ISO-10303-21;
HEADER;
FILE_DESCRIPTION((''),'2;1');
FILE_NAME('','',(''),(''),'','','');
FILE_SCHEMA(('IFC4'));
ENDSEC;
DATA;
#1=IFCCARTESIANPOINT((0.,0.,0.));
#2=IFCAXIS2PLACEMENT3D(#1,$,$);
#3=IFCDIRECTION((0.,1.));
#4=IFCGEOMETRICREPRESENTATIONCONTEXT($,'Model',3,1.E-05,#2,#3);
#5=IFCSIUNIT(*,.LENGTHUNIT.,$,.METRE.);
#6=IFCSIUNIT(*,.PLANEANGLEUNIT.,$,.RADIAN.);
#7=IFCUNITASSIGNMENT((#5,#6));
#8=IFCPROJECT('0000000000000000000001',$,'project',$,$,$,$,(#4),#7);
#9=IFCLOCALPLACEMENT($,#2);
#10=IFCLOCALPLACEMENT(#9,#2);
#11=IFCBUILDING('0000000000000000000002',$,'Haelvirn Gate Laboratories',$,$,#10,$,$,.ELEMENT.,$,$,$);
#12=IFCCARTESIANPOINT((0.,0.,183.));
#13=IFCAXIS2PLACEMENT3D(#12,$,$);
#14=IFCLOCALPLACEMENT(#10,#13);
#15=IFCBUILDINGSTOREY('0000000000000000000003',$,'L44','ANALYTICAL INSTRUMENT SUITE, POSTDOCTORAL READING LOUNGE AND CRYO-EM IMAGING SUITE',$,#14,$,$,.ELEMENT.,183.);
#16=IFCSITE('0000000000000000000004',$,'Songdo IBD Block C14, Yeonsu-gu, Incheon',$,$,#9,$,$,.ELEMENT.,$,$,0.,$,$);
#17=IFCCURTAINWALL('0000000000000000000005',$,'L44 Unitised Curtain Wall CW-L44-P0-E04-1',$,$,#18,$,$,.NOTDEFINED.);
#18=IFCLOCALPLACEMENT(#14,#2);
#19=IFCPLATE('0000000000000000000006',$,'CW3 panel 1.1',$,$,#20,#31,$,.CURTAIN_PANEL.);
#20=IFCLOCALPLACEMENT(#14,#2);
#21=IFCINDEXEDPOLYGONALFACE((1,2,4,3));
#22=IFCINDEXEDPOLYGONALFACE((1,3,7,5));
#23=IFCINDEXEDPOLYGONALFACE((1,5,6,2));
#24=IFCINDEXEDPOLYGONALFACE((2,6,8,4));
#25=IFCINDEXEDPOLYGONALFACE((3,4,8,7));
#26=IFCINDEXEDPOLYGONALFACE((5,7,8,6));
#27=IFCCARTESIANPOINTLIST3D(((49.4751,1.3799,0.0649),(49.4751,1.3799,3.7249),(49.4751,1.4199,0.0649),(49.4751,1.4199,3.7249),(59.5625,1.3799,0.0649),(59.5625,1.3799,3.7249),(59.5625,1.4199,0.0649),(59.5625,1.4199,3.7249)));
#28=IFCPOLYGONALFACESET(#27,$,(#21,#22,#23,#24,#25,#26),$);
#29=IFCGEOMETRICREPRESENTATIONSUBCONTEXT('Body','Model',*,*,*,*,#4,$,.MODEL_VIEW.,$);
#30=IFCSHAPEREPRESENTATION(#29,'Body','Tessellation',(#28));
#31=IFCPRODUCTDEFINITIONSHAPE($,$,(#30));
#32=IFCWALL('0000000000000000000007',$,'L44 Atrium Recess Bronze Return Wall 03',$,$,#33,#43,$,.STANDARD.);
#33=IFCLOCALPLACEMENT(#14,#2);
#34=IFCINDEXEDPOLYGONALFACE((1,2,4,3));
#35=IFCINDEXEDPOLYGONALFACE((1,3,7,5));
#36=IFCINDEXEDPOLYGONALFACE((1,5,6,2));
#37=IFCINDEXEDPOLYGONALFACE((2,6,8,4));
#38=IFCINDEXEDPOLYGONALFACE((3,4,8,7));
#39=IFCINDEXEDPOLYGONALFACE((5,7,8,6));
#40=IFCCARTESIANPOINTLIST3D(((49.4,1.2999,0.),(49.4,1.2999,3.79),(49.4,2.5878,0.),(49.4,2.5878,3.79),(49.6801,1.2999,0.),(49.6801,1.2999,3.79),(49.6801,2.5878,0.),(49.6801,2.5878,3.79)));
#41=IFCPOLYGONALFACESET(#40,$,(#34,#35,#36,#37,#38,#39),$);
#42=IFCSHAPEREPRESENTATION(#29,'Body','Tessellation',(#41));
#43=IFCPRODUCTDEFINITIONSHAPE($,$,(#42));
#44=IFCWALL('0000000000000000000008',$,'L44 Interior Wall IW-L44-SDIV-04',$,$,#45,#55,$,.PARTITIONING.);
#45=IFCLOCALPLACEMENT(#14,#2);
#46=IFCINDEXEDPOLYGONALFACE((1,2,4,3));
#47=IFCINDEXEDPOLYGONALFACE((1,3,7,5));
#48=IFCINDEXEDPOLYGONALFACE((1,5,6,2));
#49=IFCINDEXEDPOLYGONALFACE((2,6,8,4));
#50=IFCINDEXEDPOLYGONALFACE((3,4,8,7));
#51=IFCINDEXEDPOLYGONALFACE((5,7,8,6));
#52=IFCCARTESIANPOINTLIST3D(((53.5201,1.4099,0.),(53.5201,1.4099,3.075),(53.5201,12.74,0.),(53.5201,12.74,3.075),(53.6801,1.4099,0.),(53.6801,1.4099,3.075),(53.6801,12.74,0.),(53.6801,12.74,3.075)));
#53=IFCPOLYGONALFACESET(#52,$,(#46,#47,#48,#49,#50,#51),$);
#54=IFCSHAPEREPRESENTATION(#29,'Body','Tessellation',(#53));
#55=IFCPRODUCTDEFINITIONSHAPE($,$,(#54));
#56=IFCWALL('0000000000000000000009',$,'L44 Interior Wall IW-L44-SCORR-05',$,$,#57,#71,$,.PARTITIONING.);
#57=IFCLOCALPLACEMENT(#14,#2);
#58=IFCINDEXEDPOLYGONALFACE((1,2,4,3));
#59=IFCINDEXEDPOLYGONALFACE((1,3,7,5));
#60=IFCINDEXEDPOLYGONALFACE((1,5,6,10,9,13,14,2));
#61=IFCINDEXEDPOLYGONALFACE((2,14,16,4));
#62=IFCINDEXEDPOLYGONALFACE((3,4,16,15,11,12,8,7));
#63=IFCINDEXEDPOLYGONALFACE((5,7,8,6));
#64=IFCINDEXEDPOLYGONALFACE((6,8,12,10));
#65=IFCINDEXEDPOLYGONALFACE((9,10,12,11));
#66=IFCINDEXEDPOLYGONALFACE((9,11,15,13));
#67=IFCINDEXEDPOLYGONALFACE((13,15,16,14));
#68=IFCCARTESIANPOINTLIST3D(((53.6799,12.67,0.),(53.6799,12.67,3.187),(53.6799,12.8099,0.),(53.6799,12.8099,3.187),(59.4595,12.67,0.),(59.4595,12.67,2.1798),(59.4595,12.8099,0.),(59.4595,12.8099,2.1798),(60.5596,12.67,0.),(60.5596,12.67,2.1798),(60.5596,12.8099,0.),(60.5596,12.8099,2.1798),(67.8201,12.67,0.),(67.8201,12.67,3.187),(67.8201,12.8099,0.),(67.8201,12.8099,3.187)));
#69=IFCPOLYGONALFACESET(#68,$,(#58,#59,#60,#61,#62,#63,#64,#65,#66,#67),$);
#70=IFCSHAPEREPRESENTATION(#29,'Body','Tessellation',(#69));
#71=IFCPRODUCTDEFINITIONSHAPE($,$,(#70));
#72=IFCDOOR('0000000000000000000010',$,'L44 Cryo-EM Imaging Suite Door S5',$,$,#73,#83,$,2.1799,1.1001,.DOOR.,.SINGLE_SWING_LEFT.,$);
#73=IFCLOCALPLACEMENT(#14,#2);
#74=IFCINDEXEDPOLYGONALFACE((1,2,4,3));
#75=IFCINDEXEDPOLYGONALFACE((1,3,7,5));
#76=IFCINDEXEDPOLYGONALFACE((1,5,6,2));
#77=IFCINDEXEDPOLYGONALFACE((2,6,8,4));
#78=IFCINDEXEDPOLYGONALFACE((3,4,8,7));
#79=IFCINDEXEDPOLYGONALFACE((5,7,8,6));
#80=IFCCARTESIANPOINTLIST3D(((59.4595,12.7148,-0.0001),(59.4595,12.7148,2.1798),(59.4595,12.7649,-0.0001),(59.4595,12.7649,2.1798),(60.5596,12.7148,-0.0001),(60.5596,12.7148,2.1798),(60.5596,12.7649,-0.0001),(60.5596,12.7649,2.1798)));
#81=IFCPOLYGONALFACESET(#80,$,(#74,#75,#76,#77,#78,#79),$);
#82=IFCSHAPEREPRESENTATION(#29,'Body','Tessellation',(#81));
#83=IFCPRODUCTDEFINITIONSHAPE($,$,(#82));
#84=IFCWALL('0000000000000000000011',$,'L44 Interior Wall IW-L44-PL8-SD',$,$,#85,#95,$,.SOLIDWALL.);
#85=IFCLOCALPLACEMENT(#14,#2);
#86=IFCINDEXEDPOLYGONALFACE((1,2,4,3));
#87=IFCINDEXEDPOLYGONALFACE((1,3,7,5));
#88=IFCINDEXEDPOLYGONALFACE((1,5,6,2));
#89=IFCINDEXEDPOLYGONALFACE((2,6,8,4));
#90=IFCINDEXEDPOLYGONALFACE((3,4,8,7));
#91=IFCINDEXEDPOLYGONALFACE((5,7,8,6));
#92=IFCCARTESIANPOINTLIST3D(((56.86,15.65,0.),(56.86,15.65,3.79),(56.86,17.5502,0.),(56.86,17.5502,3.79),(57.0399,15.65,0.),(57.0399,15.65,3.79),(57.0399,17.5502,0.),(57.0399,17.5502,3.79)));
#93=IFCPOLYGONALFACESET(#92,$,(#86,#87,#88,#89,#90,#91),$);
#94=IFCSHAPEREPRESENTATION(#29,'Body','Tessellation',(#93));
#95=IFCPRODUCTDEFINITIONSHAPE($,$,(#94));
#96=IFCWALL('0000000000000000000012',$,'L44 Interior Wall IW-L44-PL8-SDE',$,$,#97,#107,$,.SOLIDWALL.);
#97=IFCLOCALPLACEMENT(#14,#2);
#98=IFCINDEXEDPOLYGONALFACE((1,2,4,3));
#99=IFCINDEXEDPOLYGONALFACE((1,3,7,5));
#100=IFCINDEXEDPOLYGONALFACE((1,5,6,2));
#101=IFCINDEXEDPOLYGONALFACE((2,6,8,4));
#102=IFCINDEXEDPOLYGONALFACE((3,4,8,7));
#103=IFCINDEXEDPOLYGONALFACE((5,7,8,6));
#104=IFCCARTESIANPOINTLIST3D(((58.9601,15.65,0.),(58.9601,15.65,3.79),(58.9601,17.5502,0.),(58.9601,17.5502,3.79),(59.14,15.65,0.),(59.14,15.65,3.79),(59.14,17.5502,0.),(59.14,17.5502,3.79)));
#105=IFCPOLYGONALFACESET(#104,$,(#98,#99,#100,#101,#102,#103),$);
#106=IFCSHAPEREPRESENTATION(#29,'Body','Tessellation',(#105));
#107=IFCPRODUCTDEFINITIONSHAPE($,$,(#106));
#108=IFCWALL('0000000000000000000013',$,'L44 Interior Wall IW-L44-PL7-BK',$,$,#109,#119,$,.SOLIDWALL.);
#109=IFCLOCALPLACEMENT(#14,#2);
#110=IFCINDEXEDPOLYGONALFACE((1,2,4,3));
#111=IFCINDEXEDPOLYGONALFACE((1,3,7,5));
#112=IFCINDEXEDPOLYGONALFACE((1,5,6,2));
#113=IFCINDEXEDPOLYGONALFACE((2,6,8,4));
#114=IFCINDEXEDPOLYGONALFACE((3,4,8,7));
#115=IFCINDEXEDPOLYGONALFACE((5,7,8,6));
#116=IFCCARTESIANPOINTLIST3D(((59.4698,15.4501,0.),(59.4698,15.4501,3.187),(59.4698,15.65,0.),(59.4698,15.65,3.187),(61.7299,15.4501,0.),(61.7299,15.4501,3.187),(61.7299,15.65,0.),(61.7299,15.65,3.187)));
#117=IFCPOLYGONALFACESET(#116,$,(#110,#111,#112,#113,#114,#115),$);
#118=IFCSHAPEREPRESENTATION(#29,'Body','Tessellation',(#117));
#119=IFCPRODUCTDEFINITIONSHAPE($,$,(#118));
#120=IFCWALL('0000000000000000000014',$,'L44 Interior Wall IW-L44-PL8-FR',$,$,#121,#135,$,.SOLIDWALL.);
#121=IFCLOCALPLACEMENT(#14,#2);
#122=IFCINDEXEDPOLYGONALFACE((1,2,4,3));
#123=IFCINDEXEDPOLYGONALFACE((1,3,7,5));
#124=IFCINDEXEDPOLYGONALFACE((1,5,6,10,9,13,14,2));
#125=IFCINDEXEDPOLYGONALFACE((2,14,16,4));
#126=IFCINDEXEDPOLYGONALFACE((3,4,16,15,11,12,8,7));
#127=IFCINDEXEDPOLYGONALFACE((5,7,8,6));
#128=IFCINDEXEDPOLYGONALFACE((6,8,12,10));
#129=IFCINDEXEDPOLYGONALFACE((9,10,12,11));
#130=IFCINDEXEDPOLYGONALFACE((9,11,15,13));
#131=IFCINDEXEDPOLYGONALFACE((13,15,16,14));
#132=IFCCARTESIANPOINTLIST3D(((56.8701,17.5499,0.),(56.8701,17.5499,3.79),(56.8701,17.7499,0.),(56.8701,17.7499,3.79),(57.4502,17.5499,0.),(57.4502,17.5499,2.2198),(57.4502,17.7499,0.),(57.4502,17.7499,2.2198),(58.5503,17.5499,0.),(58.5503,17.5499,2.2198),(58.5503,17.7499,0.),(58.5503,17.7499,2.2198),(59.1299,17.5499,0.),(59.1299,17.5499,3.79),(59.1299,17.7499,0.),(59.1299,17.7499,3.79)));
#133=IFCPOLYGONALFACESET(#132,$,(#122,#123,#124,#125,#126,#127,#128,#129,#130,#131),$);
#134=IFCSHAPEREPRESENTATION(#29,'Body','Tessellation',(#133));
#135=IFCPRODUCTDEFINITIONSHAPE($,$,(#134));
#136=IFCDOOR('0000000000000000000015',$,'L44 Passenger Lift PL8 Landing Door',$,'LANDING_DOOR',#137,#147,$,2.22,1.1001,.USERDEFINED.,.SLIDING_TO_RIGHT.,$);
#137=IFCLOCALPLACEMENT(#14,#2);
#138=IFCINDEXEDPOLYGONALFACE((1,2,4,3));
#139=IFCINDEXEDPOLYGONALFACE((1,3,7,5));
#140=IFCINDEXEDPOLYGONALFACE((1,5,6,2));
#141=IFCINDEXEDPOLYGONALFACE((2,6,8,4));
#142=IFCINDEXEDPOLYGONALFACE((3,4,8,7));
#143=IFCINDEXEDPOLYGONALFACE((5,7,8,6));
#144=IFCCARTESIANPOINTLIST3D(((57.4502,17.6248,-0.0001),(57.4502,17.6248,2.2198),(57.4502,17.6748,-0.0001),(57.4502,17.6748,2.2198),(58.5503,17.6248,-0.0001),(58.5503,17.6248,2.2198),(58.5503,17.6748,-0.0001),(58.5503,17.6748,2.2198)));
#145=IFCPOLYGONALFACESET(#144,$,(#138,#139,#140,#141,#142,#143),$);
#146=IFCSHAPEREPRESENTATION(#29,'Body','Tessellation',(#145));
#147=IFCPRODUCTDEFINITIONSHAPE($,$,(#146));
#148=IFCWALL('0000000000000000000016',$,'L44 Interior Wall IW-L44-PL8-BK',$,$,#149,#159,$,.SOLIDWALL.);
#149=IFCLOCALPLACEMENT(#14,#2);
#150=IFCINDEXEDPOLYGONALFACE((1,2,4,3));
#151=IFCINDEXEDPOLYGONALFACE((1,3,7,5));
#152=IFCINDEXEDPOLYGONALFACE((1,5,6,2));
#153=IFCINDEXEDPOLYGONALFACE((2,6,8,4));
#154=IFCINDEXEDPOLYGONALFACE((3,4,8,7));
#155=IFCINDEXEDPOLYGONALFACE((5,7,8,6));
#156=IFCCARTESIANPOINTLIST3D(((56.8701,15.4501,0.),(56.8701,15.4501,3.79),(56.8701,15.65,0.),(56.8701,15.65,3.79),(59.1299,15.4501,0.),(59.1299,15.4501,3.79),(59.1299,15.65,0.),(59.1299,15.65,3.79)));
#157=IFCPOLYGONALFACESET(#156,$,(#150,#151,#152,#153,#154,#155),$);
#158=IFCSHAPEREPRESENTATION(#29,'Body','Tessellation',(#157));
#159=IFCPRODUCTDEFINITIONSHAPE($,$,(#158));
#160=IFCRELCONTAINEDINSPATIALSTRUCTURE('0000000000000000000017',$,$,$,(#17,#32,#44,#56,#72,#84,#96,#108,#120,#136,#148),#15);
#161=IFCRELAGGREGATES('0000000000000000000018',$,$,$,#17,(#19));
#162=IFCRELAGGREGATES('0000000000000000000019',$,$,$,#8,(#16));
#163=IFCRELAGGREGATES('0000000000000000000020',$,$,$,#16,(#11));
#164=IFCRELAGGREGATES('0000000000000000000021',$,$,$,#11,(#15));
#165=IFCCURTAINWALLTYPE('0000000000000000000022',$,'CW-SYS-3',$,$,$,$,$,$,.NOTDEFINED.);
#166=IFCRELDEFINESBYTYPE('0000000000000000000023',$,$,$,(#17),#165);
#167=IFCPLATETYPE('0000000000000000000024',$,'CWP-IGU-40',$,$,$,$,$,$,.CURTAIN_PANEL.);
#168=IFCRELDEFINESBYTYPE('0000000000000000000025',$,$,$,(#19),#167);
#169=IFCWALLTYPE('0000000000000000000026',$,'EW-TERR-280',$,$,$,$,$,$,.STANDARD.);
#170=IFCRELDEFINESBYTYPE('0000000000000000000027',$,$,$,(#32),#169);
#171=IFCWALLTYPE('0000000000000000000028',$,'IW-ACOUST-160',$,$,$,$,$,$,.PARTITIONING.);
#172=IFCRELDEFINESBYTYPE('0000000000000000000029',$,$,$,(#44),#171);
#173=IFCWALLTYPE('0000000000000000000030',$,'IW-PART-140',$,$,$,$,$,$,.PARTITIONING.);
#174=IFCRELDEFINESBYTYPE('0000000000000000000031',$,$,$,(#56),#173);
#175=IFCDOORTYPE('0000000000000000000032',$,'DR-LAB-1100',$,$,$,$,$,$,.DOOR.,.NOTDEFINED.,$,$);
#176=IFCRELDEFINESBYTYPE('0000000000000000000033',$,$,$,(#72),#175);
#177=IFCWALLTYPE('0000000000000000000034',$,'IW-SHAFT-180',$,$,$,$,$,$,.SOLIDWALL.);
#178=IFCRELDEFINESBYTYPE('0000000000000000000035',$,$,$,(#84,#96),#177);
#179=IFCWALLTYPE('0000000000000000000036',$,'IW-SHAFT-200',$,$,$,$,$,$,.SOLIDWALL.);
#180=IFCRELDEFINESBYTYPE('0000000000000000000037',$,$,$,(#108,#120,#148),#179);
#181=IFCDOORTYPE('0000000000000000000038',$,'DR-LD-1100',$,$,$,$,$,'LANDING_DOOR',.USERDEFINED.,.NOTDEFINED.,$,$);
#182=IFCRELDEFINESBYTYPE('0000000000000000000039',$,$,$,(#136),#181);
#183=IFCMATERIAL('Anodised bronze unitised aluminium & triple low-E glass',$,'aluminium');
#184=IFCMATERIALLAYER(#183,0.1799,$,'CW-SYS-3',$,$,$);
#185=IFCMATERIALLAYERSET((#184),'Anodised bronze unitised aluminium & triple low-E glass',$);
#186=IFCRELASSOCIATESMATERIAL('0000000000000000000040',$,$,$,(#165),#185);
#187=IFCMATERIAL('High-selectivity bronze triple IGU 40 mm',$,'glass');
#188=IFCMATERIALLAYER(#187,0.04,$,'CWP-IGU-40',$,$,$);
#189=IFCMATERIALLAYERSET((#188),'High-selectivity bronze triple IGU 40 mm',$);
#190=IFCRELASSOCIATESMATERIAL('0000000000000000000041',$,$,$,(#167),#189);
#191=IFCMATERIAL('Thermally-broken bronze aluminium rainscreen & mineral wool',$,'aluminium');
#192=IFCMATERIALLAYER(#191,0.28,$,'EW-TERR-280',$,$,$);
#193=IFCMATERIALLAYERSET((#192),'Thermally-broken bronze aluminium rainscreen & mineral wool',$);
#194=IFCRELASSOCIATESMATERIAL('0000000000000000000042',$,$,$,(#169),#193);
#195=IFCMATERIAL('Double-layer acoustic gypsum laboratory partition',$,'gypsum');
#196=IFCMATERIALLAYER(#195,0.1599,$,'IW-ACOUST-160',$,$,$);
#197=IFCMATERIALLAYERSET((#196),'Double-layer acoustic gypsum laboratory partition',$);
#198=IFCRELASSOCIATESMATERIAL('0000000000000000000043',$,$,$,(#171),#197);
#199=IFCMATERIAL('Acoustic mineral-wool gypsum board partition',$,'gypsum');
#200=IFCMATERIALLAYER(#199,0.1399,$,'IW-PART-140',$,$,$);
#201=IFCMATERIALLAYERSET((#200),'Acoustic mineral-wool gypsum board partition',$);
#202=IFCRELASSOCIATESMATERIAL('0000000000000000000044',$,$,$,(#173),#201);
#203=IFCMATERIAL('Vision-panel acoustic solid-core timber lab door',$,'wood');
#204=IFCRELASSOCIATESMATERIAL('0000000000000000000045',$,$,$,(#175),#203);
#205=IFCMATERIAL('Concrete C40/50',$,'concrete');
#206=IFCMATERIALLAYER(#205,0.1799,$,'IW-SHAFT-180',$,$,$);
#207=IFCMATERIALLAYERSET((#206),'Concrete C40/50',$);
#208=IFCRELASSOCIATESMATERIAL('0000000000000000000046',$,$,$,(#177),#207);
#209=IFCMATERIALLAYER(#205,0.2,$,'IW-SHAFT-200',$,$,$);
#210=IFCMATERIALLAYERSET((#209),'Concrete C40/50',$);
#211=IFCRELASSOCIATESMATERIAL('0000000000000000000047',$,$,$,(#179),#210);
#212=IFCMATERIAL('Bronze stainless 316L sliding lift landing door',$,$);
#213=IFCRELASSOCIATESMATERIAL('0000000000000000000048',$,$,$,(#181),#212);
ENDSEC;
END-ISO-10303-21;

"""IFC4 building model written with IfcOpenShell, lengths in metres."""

from ifc_helpers import new_model, si_unit, direction, frame, frame_2d, origin, origin_2d, place, context, subcontext, project, spatial, rectangle, extrude, source, transform, mapped, material, layer, layer_set, type_object, type_shapes, element, fill, aggregate, save


model = new_model("IFC4")

# Units and contexts
model_context = context("Model", 3, precision=1e-05, world=origin(), true_north=direction((0.0, 1.0)))
body_context = subcontext(model_context, "Body", "Model", "MODEL_VIEW")
ifc_project = project(units=[si_unit("LENGTHUNIT", "METRE"), si_unit("PLANEANGLEUNIT", "RADIAN")], contexts=[model_context])

# Site, building, storey
site_placement = place(None, origin())
site = spatial("IfcSite", under=ifc_project, at=site_placement, Name="Songdo IBD Block C14, Yeonsu-gu, Incheon", CompositionType="ELEMENT", RefElevation=0.0)
building_placement = place(site_placement, origin())
building = spatial("IfcBuilding", under=site, at=building_placement, Name="Haelvirn Gate Laboratories", CompositionType="ELEMENT")
storey_placement = place(building_placement, frame((0.0, 0.0, 183.0)))
storey = spatial("IfcBuildingStorey", under=building, at=storey_placement, Name="L44", Description="ANALYTICAL INSTRUMENT SUITE, POSTDOCTORAL READING LOUNGE AND CRYO-EM IMAGING SUITE", CompositionType="ELEMENT", Elevation=183.0)

# Curtain wall
ifc_material_1 = material(Name="Anodised bronze unitised aluminium & triple low-E glass", Category="aluminium")
ifc_layer_1 = layer(ifc_material_1, 0.1799, Name="CW-SYS-3")
ifc_layer_set_1 = layer_set([ifc_layer_1], Name="Anodised bronze unitised aluminium & triple low-E glass")
curtain_wall_type = type_object("IfcCurtainWallType", Name="CW-SYS-3", PredefinedType="NOTDEFINED", material=ifc_layer_set_1)
curtain_wall_1_placement = place(storey_placement, origin())
curtain_wall_1 = element("IfcCurtainWall", 1, at=curtain_wall_1_placement, inside=storey, type_object=curtain_wall_type, Name="L44 Unitised Curtain Wall CW-L44-P0-E04-1", PredefinedType="NOTDEFINED")

# Plate
ifc_material_2 = material(Name="High-selectivity bronze triple IGU 40 mm", Category="glass")
ifc_layer_2 = layer(ifc_material_2, 0.04, Name="CWP-IGU-40")
ifc_layer_set_2 = layer_set([ifc_layer_2], Name="High-selectivity bronze triple IGU 40 mm")
plate_type = type_object("IfcPlateType", Name="CWP-IGU-40", PredefinedType="CURTAIN_PANEL", material=ifc_layer_set_2)
shared_shape_1 = source(origin(), body_context, "Body", "SweptSolid", [
    extrude(rectangle(XDim=10.0874, YDim=0.04, at=origin_2d()), origin(), (0.0, 0.0, 1.0), 3.6599),
])
type_shapes(plate_type, [shared_shape_1])
plate_placement = place(storey_placement, frame((54.5188, 1.3999, 0.0649), z_axis=(0.0, 0.0, 1.0), x_axis=(1.0, 0.0, 0.0)))
plate = element("IfcPlate", 2, at=plate_placement, type_object=plate_type, Name="CW3 panel 1.1", PredefinedType="CURTAIN_PANEL", context=body_context, shape_type="MappedRepresentation", body=[
    mapped(shared_shape_1, transform((0.0, 0.0, 0.0), scale=1.0)),
])
aggregate(curtain_wall_1, [plate])

# Walls
ifc_material_3 = material(Name="Thermally-broken bronze aluminium rainscreen & mineral wool", Category="aluminium")
ifc_layer_3 = layer(ifc_material_3, 0.28, Name="EW-TERR-280")
ifc_layer_set_3 = layer_set([ifc_layer_3], Name="Thermally-broken bronze aluminium rainscreen & mineral wool")
wall_type_1 = type_object("IfcWallType", Name="EW-TERR-280", PredefinedType="STANDARD", material=ifc_layer_set_3)
wall_1_placement = place(storey_placement, frame((49.54, 2.5879, 0.0), z_axis=(0.0, 0.0, 1.0), x_axis=(0.0, -1.0, 0.0)))
element("IfcWall", 3, at=wall_1_placement, inside=storey, type_object=wall_type_1, Name="L44 Atrium Recess Bronze Return Wall 03", PredefinedType="STANDARD", context=body_context, shape_type="SweptSolid", body=[
    extrude(rectangle(XDim=1.2878, YDim=0.28, at=frame_2d((0.644, 0.0))), origin(), (0.0, 0.0, 1.0), 3.79),
])
ifc_material_4 = material(Name="Double-layer acoustic gypsum laboratory partition", Category="gypsum")
ifc_layer_4 = layer(ifc_material_4, 0.1599, Name="IW-ACOUST-160")
ifc_layer_set_4 = layer_set([ifc_layer_4], Name="Double-layer acoustic gypsum laboratory partition")
wall_type_2 = type_object("IfcWallType", Name="IW-ACOUST-160", PredefinedType="PARTITIONING", material=ifc_layer_set_4)
wall_2_placement = place(storey_placement, frame((53.6001, 1.4099, 0.0), z_axis=(0.0, 0.0, 1.0), x_axis=(0.0, 1.0, 0.0)))
element("IfcWall", 4, at=wall_2_placement, inside=storey, type_object=wall_type_2, Name="L44 Interior Wall IW-L44-SDIV-04", PredefinedType="PARTITIONING", context=body_context, shape_type="SweptSolid", body=[
    extrude(rectangle(XDim=11.3301, YDim=0.1599, at=frame_2d((5.665, 0.0))), origin(), (0.0, 0.0, 1.0), 3.075),
])

# Wall, opening, door
ifc_material_5 = material(Name="Acoustic mineral-wool gypsum board partition", Category="gypsum")
ifc_layer_5 = layer(ifc_material_5, 0.1399, Name="IW-PART-140")
ifc_layer_set_5 = layer_set([ifc_layer_5], Name="Acoustic mineral-wool gypsum board partition")
wall_type_3 = type_object("IfcWallType", Name="IW-PART-140", PredefinedType="PARTITIONING", material=ifc_layer_set_5)
wall_3_placement = place(storey_placement, frame((53.6799, 12.74, 0.0), z_axis=(0.0, 0.0, 1.0), x_axis=(1.0, 0.0, 0.0)))
wall_3 = element("IfcWall", 5, at=wall_3_placement, inside=storey, type_object=wall_type_3, Name="L44 Interior Wall IW-L44-SCORR-05", PredefinedType="PARTITIONING", context=body_context, shape_type="SweptSolid", body=[
    extrude(rectangle(XDim=14.1401, YDim=0.1399, at=frame_2d((7.0701, 0.0))), origin(), (0.0, 0.0, 1.0), 3.187),
])
opening_1_placement = place(wall_3_placement, frame((5.7795, 0.0, 0.0)))
opening_1 = element("IfcOpeningElement", 6, at=opening_1_placement, cuts=wall_3, PredefinedType="OPENING", context=body_context, shape_type="SweptSolid", body=[
    extrude(rectangle(XDim=1.1001, YDim=2.1799, at=frame_2d((0.55, 1.0898))), frame((0.0, 0.0801, 0.0), z_axis=(0.0, -1.0, 0.0), x_axis=(1.0, 0.0, 0.0)), (0.0, 0.0, 1.0), 0.1599),
])
ifc_material_6 = material(Name="Vision-panel acoustic solid-core timber lab door", Category="wood")
door_type_1 = type_object("IfcDoorType", Name="DR-LAB-1100", OperationType="NOTDEFINED", PredefinedType="DOOR", material=ifc_material_6)
shared_shape_2 = source(origin(), body_context, "Body", "SweptSolid", [
    extrude(rectangle(XDim=1.1001, YDim=2.1799, at=frame_2d((0.55, 1.0898))), frame((0.0, 0.0249, 0.0), z_axis=(0.0, -1.0, 0.0), x_axis=(1.0, 0.0, 0.0)), (0.0, 0.0, 1.0), 0.05),
])
type_shapes(door_type_1, [shared_shape_2])
door_1_placement = place(opening_1_placement, origin())
door_1 = element("IfcDoor", 7, at=door_1_placement, inside=storey, type_object=door_type_1, Name="L44 Cryo-EM Imaging Suite Door S5", OperationType="SINGLE_SWING_LEFT", OverallHeight=2.1799, OverallWidth=1.1001, PredefinedType="DOOR", context=body_context, shape_type="MappedRepresentation", body=[
    mapped(shared_shape_2, transform((0.0, 0.0, 0.0), scale=1.0)),
])
fill(opening_1, door_1)

# Walls
ifc_material_7 = material(Name="Concrete C40/50", Category="concrete")
ifc_layer_6 = layer(ifc_material_7, 0.1799, Name="IW-SHAFT-180")
ifc_layer_set_6 = layer_set([ifc_layer_6], Name="Concrete C40/50")
wall_type_4 = type_object("IfcWallType", Name="IW-SHAFT-180", PredefinedType="SOLIDWALL", material=ifc_layer_set_6)
for number, where, z_axis, x_axis, name in (
    (8, (56.95, 15.6499, 0.0), (0.0, 0.0, 1.0), (0.0, 1.0, 0.0), "L44 Interior Wall IW-L44-PL8-SD"),
    (9, (59.05, 15.6499, 0.0), (0.0, 0.0, 1.0), (0.0, 1.0, 0.0), "L44 Interior Wall IW-L44-PL8-SDE"),
):
    element("IfcWall", number, at=place(storey_placement, frame(where, z_axis=z_axis, x_axis=x_axis)), inside=storey, type_object=wall_type_4, Name=name, PredefinedType="SOLIDWALL", context=body_context, shape_type="SweptSolid", body=[
        extrude(rectangle(XDim=1.9001, YDim=0.1799, at=frame_2d((0.9502, 0.0))), origin(), (0.0, 0.0, 1.0), 3.79),
    ])
ifc_layer_7 = layer(ifc_material_7, 0.2, Name="IW-SHAFT-200")
ifc_layer_set_7 = layer_set([ifc_layer_7], Name="Concrete C40/50")
wall_type_5 = type_object("IfcWallType", Name="IW-SHAFT-200", PredefinedType="SOLIDWALL", material=ifc_layer_set_7)
wall_4_placement = place(storey_placement, frame((59.47, 15.55, 0.0), z_axis=(0.0, 0.0, 1.0), x_axis=(1.0, 0.0, 0.0)))
element("IfcWall", 10, at=wall_4_placement, inside=storey, type_object=wall_type_5, Name="L44 Interior Wall IW-L44-PL7-BK", PredefinedType="SOLIDWALL", context=body_context, shape_type="SweptSolid", body=[
    extrude(rectangle(XDim=2.26, YDim=0.2, at=frame_2d((1.1299, 0.0))), origin(), (0.0, 0.0, 1.0), 3.187),
])

# Wall, opening, door
wall_5_placement = place(storey_placement, frame((56.8701, 17.6499, 0.0), z_axis=(0.0, 0.0, 1.0), x_axis=(1.0, 0.0, 0.0)))
wall_5 = element("IfcWall", 11, at=wall_5_placement, inside=storey, type_object=wall_type_5, Name="L44 Interior Wall IW-L44-PL8-FR", PredefinedType="SOLIDWALL", context=body_context, shape_type="SweptSolid", body=[
    extrude(rectangle(XDim=2.2598, YDim=0.2, at=frame_2d((1.1299, 0.0))), origin(), (0.0, 0.0, 1.0), 3.79),
])
opening_2_placement = place(wall_5_placement, frame((0.5801, 0.0, 0.0)))
opening_2 = element("IfcOpeningElement", 12, at=opening_2_placement, cuts=wall_5, PredefinedType="OPENING", context=body_context, shape_type="SweptSolid", body=[
    extrude(rectangle(XDim=1.1001, YDim=2.22, at=frame_2d((0.55, 1.1099))), frame((0.0, 0.1099, 0.0), z_axis=(0.0, -1.0, 0.0), x_axis=(1.0, 0.0, 0.0)), (0.0, 0.0, 1.0), 0.22),
])
ifc_material_8 = material(Name="Bronze stainless 316L sliding lift landing door")
door_type_2 = type_object("IfcDoorType", Name="DR-LD-1100", ElementType="LANDING_DOOR", OperationType="NOTDEFINED", PredefinedType="USERDEFINED", material=ifc_material_8)
shared_shape_3 = source(origin(), body_context, "Body", "SweptSolid", [
    extrude(rectangle(XDim=1.1001, YDim=2.22, at=frame_2d((0.55, 1.1099))), frame((0.0, 0.0249, 0.0), z_axis=(0.0, -1.0, 0.0), x_axis=(1.0, 0.0, 0.0)), (0.0, 0.0, 1.0), 0.05),
])
type_shapes(door_type_2, [shared_shape_3])
door_2_placement = place(opening_2_placement, origin())
door_2 = element("IfcDoor", 13, at=door_2_placement, inside=storey, type_object=door_type_2, Name="L44 Passenger Lift PL8 Landing Door", ObjectType="LANDING_DOOR", OperationType="SLIDING_TO_RIGHT", OverallHeight=2.22, OverallWidth=1.1001, PredefinedType="USERDEFINED", context=body_context, shape_type="MappedRepresentation", body=[
    mapped(shared_shape_3, transform((0.0, 0.0, 0.0), scale=1.0)),
])
fill(opening_2, door_2)

# Wall
wall_6_placement = place(storey_placement, frame((56.8701, 15.55, 0.0), z_axis=(0.0, 0.0, 1.0), x_axis=(1.0, 0.0, 0.0)))
element("IfcWall", 14, at=wall_6_placement, inside=storey, type_object=wall_type_5, Name="L44 Interior Wall IW-L44-PL8-BK", PredefinedType="SOLIDWALL", context=body_context, shape_type="SweptSolid", body=[
    extrude(rectangle(XDim=2.2598, YDim=0.2, at=frame_2d((1.1299, 0.0))), origin(), (0.0, 0.0, 1.0), 3.79),
])

save(model, "model.ifc")
